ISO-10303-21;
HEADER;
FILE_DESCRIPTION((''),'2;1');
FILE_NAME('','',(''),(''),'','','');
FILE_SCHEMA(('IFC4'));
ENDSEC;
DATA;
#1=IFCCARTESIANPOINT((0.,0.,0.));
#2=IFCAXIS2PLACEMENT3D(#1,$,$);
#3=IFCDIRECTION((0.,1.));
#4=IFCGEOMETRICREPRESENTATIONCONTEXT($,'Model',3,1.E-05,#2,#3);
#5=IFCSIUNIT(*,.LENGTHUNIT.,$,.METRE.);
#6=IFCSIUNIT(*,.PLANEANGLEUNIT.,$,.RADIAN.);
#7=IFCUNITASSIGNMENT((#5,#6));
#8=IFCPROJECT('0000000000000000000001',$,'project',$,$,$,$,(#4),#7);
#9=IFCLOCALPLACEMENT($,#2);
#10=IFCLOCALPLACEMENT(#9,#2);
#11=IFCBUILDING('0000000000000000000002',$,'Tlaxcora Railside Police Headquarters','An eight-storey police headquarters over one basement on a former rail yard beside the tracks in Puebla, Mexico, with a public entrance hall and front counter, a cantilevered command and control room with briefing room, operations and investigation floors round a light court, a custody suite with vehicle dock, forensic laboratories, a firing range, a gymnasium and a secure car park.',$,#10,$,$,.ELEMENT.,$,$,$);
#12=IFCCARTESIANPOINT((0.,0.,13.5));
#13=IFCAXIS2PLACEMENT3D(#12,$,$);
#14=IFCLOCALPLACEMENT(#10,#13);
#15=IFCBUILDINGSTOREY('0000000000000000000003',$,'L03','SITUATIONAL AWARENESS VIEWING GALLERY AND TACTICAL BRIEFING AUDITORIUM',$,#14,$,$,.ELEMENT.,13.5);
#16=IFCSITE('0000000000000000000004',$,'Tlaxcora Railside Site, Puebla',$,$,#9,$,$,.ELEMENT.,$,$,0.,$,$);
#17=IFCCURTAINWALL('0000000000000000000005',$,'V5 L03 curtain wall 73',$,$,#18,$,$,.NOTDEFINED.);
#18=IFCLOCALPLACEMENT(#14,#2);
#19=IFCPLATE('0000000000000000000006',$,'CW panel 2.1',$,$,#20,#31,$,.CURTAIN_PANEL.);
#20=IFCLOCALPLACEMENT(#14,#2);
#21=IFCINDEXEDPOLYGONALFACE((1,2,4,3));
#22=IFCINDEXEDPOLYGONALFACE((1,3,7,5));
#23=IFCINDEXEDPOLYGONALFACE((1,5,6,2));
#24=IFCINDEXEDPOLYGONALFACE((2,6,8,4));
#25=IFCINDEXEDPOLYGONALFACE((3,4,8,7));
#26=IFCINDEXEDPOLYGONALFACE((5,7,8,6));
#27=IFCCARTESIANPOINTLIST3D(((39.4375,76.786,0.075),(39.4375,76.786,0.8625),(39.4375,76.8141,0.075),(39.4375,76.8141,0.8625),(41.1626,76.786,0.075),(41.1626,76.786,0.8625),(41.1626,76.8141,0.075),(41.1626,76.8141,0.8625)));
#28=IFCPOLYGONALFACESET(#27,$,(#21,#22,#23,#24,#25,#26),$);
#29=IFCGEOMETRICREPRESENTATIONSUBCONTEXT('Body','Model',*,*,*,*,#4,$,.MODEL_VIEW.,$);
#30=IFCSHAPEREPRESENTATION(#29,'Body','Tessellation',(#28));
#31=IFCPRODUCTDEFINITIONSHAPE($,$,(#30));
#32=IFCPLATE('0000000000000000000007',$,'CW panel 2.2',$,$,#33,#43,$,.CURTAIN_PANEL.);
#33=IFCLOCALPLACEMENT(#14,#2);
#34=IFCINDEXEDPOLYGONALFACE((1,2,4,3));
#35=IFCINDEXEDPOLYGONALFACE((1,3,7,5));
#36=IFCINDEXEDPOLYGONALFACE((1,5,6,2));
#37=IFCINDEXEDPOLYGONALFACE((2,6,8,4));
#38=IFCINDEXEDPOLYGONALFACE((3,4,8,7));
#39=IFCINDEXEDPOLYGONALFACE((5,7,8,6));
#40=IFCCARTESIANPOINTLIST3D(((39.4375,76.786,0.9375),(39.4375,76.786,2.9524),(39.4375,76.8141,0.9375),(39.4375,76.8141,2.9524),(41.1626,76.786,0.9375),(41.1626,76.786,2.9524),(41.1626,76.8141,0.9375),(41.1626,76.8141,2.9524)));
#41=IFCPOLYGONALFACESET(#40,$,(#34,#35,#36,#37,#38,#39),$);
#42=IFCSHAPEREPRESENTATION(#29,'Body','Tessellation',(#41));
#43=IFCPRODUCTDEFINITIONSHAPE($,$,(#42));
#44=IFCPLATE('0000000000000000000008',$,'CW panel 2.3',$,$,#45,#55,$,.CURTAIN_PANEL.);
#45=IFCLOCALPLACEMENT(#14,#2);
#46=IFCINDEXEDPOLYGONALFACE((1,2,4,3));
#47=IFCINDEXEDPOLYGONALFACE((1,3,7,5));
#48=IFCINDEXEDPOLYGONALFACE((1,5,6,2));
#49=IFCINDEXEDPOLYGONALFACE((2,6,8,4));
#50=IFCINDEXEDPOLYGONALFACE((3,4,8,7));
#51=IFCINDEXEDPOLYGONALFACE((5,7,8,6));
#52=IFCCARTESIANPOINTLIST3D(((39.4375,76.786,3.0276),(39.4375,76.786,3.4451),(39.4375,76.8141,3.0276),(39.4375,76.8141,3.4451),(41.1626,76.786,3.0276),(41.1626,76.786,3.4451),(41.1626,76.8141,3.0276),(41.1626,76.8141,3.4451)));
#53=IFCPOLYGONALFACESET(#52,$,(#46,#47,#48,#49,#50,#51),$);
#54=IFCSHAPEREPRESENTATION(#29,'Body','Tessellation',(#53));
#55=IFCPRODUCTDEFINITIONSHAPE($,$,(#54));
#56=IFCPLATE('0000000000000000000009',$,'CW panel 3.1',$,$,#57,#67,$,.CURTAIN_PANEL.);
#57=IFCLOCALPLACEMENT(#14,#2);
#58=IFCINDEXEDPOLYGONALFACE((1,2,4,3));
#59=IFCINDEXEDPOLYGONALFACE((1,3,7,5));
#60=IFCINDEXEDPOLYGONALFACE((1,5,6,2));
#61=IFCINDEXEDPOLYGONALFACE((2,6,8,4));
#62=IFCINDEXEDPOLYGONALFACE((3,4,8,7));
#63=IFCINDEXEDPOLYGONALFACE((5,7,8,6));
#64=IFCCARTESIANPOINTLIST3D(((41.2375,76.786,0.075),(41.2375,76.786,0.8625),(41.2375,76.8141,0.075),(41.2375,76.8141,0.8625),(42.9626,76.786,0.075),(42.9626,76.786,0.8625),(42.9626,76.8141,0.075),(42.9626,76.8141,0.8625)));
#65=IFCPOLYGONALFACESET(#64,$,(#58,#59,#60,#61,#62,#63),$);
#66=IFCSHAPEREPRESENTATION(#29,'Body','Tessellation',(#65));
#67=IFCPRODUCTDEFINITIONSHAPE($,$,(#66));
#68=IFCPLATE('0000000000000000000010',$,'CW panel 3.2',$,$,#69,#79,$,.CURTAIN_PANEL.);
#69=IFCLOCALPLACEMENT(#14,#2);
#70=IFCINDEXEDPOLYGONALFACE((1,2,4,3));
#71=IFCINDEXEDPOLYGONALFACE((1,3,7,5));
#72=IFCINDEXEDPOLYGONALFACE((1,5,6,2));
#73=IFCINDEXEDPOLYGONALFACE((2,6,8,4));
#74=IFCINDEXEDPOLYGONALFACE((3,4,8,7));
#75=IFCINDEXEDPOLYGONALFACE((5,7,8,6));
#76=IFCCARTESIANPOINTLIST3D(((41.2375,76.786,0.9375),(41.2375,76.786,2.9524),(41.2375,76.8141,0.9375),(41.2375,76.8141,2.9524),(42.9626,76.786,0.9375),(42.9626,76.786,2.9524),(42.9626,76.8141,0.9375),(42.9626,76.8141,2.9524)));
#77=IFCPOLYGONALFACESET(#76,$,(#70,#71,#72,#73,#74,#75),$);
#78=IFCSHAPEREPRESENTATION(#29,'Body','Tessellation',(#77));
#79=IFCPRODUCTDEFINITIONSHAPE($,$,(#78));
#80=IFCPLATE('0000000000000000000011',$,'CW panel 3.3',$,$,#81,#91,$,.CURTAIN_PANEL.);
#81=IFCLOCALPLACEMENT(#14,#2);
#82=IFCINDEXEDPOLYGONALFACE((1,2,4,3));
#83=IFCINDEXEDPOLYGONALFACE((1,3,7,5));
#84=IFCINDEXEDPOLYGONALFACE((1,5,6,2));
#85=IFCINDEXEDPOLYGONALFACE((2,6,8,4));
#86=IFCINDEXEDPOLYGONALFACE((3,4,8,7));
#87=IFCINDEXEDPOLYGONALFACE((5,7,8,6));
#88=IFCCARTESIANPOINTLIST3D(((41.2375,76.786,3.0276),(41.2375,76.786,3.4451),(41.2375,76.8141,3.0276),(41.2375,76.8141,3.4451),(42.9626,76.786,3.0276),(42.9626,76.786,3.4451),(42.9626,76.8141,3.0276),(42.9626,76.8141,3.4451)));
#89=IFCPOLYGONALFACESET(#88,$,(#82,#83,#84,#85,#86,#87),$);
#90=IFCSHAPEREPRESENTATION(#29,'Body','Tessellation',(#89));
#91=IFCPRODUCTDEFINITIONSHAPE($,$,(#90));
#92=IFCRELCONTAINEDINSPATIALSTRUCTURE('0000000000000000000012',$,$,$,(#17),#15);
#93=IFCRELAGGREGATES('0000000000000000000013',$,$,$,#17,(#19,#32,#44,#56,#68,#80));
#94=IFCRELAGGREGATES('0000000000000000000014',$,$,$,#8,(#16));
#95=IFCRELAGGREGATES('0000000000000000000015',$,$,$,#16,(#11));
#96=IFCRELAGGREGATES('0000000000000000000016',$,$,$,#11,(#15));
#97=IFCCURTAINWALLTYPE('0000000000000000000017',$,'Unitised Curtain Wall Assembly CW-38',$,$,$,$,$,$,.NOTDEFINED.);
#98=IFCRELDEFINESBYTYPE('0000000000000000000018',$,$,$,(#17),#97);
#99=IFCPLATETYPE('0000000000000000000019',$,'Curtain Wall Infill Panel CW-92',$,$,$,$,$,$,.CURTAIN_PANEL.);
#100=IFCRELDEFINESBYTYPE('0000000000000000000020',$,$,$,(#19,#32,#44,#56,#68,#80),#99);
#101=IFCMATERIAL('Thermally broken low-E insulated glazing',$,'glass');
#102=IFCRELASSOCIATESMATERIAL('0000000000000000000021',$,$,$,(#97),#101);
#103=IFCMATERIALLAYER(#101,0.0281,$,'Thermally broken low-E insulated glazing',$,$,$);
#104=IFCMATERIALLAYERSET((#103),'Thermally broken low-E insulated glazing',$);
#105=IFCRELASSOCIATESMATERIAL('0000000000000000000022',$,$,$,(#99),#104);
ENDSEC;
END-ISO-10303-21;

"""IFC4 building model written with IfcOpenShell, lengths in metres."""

from ifc_helpers import new_model, si_unit, direction, frame, origin, origin_2d, place, context, subcontext, project, spatial, rectangle, extrude, material, layer, layer_set, type_object, element, aggregate, save


model = new_model("IFC4")

# Units and contexts
model_context = context("Model", 3, precision=1e-05, world=origin(), true_north=direction((0.0, 1.0)))
body_context = subcontext(model_context, "Body", "Model", "MODEL_VIEW")
ifc_project = project(units=[si_unit("LENGTHUNIT", "METRE"), si_unit("PLANEANGLEUNIT", "RADIAN")], contexts=[model_context])

# Site, building, storey
site_placement = place(None, origin())
site = spatial("IfcSite", under=ifc_project, at=site_placement, Name="Tlaxcora Railside Site, Puebla", CompositionType="ELEMENT", RefElevation=0.0)
building_placement = place(site_placement, origin())
building = spatial("IfcBuilding", under=site, at=building_placement, Name="Tlaxcora Railside Police Headquarters", Description="An eight-storey police headquarters over one basement on a former rail yard beside the tracks in Puebla, Mexico, with a public entrance hall and front counter, a cantilevered command and control room with briefing room, operations and investigation floors round a light court, a custody suite with vehicle dock, forensic laboratories, a firing range, a gymnasium and a secure car park.", CompositionType="ELEMENT")
storey_placement = place(building_placement, frame((0.0, 0.0, 13.5)))
storey = spatial("IfcBuildingStorey", under=building, at=storey_placement, Name="L03", Description="SITUATIONAL AWARENESS VIEWING GALLERY AND TACTICAL BRIEFING AUDITORIUM", CompositionType="ELEMENT", Elevation=13.5)

# Curtain wall, plates
ifc_material_1 = material(Name="Thermally broken low-E insulated glazing", Category="glass")
curtain_wall_type = type_object("IfcCurtainWallType", Name="Unitised Curtain Wall Assembly CW-38", PredefinedType="NOTDEFINED", material=ifc_material_1)
curtain_wall_placement = place(storey_placement, origin())
curtain_wall = element("IfcCurtainWall", 1, at=curtain_wall_placement, inside=storey, type_object=curtain_wall_type, Name="V5 L03 curtain wall 73", PredefinedType="NOTDEFINED")
ifc_layer = layer(ifc_material_1, 0.0281, Name="Thermally broken low-E insulated glazing")
ifc_layer_set = layer_set([ifc_layer], Name="Thermally broken low-E insulated glazing")
plate_type = type_object("IfcPlateType", Name="Curtain Wall Infill Panel CW-92", PredefinedType="CURTAIN_PANEL", material=ifc_layer_set)
plate_1_placement = place(storey_placement, frame((40.3, 76.8, 0.075), z_axis=(0.0, 0.0, 1.0), x_axis=(1.0, 0.0, 0.0)))
plate_1 = element("IfcPlate", 2, at=plate_1_placement, type_object=plate_type, Name="CW panel 2.1", PredefinedType="CURTAIN_PANEL", context=body_context, shape_type="SweptSolid", body=[
    extrude(rectangle(XDim=1.7251, YDim=0.0281, at=origin_2d()), origin(), (0.0, 0.0, 1.0), 0.7876),
])
plate_2_placement = place(storey_placement, frame((40.3, 76.8, 0.9375), z_axis=(0.0, 0.0, 1.0), x_axis=(1.0, 0.0, 0.0)))
plate_2 = element("IfcPlate", 3, at=plate_2_placement, type_object=plate_type, Name="CW panel 2.2", PredefinedType="CURTAIN_PANEL", context=body_context, shape_type="SweptSolid", body=[
    extrude(rectangle(XDim=1.7251, YDim=0.0281, at=origin_2d()), origin(), (0.0, 0.0, 1.0), 2.0149),
])
plate_3_placement = place(storey_placement, frame((40.3, 76.8, 3.0276), z_axis=(0.0, 0.0, 1.0), x_axis=(1.0, 0.0, 0.0)))
plate_3 = element("IfcPlate", 4, at=plate_3_placement, type_object=plate_type, Name="CW panel 2.3", PredefinedType="CURTAIN_PANEL", context=body_context, shape_type="SweptSolid", body=[
    extrude(rectangle(XDim=1.7251, YDim=0.0281, at=origin_2d()), origin(), (0.0, 0.0, 1.0), 0.4175),
])
plate_4_placement = place(storey_placement, frame((42.1001, 76.8, 0.075), z_axis=(0.0, 0.0, 1.0), x_axis=(1.0, 0.0, 0.0)))
plate_4 = element("IfcPlate", 5, at=plate_4_placement, type_object=plate_type, Name="CW panel 3.1", PredefinedType="CURTAIN_PANEL", context=body_context, shape_type="SweptSolid", body=[
    extrude(rectangle(XDim=1.7251, YDim=0.0281, at=origin_2d()), origin(), (0.0, 0.0, 1.0), 0.7876),
])
plate_5_placement = place(storey_placement, frame((42.1001, 76.8, 0.9375), z_axis=(0.0, 0.0, 1.0), x_axis=(1.0, 0.0, 0.0)))
plate_5 = element("IfcPlate", 6, at=plate_5_placement, type_object=plate_type, Name="CW panel 3.2", PredefinedType="CURTAIN_PANEL", context=body_context, shape_type="SweptSolid", body=[
    extrude(rectangle(XDim=1.7251, YDim=0.0281, at=origin_2d()), origin(), (0.0, 0.0, 1.0), 2.0149),
])
plate_6_placement = place(storey_placement, frame((42.1001, 76.8, 3.0276), z_axis=(0.0, 0.0, 1.0), x_axis=(1.0, 0.0, 0.0)))
plate_6 = element("IfcPlate", 7, at=plate_6_placement, type_object=plate_type, Name="CW panel 3.3", PredefinedType="CURTAIN_PANEL", context=body_context, shape_type="SweptSolid", body=[
    extrude(rectangle(XDim=1.7251, YDim=0.0281, at=origin_2d()), origin(), (0.0, 0.0, 1.0), 0.4175),
])
aggregate(curtain_wall, [plate_1, plate_2, plate_3, plate_4, plate_5, plate_6])

save(model, "model.ifc")
